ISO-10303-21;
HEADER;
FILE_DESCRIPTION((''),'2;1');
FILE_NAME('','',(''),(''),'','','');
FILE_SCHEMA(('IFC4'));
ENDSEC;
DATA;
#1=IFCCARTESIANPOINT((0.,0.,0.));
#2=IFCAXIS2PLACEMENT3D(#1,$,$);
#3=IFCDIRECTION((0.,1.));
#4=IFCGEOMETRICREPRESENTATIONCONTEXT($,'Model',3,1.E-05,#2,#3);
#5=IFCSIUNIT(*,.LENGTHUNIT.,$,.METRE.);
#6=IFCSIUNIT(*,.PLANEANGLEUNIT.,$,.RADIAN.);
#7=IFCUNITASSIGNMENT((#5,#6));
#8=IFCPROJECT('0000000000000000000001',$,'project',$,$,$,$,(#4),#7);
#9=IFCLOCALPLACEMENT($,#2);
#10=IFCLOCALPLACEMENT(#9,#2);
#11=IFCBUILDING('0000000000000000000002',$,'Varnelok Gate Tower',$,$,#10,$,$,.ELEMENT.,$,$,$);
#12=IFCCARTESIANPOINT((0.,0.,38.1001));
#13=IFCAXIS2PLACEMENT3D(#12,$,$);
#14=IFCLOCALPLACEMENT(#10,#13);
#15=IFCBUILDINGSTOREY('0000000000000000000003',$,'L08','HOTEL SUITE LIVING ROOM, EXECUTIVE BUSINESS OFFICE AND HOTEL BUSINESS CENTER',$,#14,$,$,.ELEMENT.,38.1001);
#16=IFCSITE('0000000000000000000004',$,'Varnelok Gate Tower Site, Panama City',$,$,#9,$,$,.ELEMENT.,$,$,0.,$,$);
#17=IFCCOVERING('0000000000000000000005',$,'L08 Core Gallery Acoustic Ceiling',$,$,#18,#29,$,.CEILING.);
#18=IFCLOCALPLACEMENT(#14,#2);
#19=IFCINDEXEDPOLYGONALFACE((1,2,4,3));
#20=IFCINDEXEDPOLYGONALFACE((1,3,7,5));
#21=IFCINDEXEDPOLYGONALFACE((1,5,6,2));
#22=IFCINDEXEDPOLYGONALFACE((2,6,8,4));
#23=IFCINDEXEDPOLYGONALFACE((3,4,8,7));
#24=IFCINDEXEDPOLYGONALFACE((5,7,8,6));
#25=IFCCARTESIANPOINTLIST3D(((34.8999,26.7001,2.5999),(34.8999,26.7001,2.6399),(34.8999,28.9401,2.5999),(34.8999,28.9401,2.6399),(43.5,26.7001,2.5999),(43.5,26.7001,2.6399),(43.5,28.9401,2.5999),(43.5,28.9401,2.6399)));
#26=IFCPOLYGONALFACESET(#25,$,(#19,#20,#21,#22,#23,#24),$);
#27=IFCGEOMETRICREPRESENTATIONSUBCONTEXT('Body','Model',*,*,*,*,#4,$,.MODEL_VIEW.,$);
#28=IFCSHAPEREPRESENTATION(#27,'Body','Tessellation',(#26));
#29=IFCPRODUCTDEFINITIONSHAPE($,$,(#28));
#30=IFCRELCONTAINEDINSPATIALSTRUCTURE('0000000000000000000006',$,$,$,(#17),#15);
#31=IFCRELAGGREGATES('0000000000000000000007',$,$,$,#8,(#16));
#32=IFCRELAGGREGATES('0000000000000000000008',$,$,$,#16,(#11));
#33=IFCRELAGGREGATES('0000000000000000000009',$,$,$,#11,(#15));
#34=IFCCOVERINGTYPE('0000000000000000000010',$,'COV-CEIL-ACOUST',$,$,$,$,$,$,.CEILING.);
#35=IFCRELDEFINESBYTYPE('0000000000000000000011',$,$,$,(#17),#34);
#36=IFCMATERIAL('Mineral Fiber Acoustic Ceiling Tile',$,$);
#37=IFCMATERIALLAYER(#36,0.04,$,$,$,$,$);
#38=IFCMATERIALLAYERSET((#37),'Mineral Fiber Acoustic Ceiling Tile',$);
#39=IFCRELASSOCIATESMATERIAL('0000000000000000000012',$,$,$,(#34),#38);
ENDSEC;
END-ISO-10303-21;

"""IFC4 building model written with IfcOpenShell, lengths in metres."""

from ifc_helpers import new_model, si_unit, direction, frame, origin, origin_2d, place, context, subcontext, project, spatial, rectangle, extrude, source, transform, mapped, material, layer, layer_set, type_object, element, save


model = new_model("IFC4")

# Units and contexts
model_context = context("Model", 3, precision=1e-05, world=origin(), true_north=direction((0.0, 1.0)))
body_context = subcontext(model_context, "Body", "Model", "MODEL_VIEW")
ifc_project = project(units=[si_unit("LENGTHUNIT", "METRE"), si_unit("PLANEANGLEUNIT", "RADIAN")], contexts=[model_context])

# Site, building, storey
site_placement = place(None, origin())
site = spatial("IfcSite", under=ifc_project, at=site_placement, Name="Varnelok Gate Tower Site, Panama City", CompositionType="ELEMENT", RefElevation=0.0)
building_placement = place(site_placement, origin())
building = spatial("IfcBuilding", under=site, at=building_placement, Name="Varnelok Gate Tower", CompositionType="ELEMENT")
storey_placement = place(building_placement, frame((0.0, 0.0, 38.1001)))
storey = spatial("IfcBuildingStorey", under=building, at=storey_placement, Name="L08", Description="HOTEL SUITE LIVING ROOM, EXECUTIVE BUSINESS OFFICE AND HOTEL BUSINESS CENTER", CompositionType="ELEMENT", Elevation=38.1001)

# Covering
ifc_material_1 = material(Name="Mineral Fiber Acoustic Ceiling Tile")
ifc_layer_1 = layer(ifc_material_1, 0.04)
ifc_layer_set_1 = layer_set([ifc_layer_1], Name="Mineral Fiber Acoustic Ceiling Tile")
covering_type_1 = type_object("IfcCoveringType", Name="COV-CEIL-ACOUST", PredefinedType="CEILING", material=ifc_layer_set_1)
shared_shape_1 = source(origin(), body_context, "Body", "SweptSolid", [
    extrude(rectangle(XDim=8.6001, YDim=2.24, at=origin_2d()), origin(), (0.0, 0.0, 1.0), 0.04),
])
covering_1_placement = place(storey_placement, frame((39.2, 27.8201, 2.5999), z_axis=(0.0, 0.0, 1.0), x_axis=(1.0, 0.0, 0.0)))
element("IfcCovering", 1, at=covering_1_placement, inside=storey, type_object=covering_type_1, Name="L08 Core Gallery Acoustic Ceiling", PredefinedType="CEILING", context=body_context, shape_type="MappedRepresentation", body=[
    mapped(shared_shape_1, transform((0.0, 0.0, 0.0), scale=1.0)),
])

save(model, "model.ifc")
